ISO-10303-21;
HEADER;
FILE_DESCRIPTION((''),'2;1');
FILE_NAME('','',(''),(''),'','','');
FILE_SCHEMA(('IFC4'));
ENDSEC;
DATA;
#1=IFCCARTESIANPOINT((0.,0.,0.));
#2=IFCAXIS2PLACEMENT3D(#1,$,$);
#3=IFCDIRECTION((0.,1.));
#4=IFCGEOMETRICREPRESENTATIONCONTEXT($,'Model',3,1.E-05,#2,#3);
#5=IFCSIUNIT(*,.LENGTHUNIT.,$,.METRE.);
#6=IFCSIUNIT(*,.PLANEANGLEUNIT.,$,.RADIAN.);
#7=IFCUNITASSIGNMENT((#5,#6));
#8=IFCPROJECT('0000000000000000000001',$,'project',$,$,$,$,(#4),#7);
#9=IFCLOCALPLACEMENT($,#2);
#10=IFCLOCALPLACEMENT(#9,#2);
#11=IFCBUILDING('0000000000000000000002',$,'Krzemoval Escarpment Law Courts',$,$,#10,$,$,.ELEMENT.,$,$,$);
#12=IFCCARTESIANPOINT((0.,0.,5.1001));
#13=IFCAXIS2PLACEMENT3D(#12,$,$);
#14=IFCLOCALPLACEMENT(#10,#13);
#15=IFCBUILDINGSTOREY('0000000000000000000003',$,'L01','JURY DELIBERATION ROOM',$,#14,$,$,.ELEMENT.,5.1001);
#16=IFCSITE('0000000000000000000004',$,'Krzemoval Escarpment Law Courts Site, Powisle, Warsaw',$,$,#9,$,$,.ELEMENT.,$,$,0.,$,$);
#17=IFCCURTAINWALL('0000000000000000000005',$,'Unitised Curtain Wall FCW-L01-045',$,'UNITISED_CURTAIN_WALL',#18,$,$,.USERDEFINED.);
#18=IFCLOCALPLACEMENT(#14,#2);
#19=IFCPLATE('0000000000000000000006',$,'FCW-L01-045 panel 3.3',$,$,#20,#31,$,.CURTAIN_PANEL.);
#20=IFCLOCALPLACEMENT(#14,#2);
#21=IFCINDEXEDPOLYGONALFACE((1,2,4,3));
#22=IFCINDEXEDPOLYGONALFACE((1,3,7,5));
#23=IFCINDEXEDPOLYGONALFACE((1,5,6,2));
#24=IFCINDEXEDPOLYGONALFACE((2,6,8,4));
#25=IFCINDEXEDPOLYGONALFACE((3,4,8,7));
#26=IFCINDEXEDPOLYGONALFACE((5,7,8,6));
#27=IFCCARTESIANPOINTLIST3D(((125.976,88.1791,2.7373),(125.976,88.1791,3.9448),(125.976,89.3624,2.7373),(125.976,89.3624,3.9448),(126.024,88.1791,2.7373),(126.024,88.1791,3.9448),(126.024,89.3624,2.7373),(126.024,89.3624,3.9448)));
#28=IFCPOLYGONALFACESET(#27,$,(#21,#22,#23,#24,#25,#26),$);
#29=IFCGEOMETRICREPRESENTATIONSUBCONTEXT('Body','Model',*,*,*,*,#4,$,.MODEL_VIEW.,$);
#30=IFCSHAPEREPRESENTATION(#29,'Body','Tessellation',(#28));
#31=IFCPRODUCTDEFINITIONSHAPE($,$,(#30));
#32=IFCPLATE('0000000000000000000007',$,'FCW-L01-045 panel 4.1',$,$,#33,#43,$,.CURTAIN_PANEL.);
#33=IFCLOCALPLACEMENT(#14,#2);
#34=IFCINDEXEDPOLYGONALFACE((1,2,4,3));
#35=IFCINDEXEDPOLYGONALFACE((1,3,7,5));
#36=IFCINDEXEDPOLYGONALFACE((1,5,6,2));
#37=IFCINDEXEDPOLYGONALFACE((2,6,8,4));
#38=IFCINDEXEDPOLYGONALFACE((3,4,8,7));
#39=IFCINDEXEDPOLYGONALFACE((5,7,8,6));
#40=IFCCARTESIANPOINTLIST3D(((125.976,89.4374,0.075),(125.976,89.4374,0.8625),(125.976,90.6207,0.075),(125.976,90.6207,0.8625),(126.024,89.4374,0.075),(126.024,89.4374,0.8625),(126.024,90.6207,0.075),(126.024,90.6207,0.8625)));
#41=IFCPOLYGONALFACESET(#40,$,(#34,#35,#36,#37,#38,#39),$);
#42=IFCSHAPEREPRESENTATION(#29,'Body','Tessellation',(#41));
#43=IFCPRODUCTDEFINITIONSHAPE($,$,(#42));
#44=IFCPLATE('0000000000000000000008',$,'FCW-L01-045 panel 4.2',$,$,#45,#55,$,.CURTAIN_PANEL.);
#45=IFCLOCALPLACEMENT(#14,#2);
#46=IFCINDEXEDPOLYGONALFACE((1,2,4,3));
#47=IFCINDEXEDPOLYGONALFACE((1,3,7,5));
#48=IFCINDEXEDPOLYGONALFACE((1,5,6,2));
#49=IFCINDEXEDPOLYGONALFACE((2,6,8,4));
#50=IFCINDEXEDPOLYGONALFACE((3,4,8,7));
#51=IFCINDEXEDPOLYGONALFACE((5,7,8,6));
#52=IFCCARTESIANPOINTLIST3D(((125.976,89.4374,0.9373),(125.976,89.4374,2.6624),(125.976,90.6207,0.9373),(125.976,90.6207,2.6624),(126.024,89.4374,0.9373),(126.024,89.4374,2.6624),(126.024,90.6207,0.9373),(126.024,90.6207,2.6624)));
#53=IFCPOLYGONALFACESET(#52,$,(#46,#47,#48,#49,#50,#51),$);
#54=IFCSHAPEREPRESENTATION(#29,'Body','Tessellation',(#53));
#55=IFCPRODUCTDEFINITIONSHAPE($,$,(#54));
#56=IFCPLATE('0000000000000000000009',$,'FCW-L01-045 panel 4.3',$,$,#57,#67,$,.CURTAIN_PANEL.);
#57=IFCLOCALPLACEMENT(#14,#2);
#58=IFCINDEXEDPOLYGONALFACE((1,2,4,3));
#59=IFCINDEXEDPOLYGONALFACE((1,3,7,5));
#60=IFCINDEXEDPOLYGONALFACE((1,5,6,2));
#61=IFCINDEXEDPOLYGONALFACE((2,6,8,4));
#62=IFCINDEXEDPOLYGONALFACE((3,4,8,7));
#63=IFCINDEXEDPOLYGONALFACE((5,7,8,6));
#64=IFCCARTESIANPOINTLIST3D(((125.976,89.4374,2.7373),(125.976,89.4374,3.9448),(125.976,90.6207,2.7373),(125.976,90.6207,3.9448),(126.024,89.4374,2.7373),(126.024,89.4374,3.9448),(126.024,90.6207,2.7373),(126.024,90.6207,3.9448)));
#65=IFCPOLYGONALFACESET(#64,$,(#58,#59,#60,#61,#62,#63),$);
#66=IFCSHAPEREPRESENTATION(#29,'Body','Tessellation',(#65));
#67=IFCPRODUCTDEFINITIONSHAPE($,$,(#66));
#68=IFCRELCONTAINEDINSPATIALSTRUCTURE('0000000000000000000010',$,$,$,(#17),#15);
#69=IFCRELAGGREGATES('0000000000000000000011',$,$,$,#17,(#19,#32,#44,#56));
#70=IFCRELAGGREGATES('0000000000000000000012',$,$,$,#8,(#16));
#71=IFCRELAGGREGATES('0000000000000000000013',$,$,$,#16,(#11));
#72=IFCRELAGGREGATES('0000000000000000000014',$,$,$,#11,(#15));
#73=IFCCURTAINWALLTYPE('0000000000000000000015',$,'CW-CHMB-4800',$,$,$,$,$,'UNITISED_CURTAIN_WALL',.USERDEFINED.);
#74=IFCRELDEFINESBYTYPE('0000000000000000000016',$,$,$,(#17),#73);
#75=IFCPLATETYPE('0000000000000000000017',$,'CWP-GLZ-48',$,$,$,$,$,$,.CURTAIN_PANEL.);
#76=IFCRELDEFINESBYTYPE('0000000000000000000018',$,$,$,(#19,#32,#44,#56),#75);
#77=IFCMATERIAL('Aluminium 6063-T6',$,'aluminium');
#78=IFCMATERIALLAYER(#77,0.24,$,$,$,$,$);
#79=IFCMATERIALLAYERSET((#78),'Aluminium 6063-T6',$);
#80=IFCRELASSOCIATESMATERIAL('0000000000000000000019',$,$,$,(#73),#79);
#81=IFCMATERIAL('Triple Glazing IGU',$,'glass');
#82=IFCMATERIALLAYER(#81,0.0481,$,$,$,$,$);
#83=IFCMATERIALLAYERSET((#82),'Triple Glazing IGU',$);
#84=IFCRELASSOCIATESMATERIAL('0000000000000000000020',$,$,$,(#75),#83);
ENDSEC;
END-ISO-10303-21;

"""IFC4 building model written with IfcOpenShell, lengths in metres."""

from ifc_helpers import new_model, si_unit, direction, frame, origin, origin_2d, place, context, subcontext, project, spatial, rectangle, extrude, material, layer, layer_set, type_object, element, aggregate, save


model = new_model("IFC4")

# Units and contexts
model_context = context("Model", 3, precision=1e-05, world=origin(), true_north=direction((0.0, 1.0)))
body_context = subcontext(model_context, "Body", "Model", "MODEL_VIEW")
ifc_project = project(units=[si_unit("LENGTHUNIT", "METRE"), si_unit("PLANEANGLEUNIT", "RADIAN")], contexts=[model_context])

# Site, building, storey
site_placement = place(None, origin())
site = spatial("IfcSite", under=ifc_project, at=site_placement, Name="Krzemoval Escarpment Law Courts Site, Powisle, Warsaw", CompositionType="ELEMENT", RefElevation=0.0)
building_placement = place(site_placement, origin())
building = spatial("IfcBuilding", under=site, at=building_placement, Name="Krzemoval Escarpment Law Courts", CompositionType="ELEMENT")
storey_placement = place(building_placement, frame((0.0, 0.0, 5.1001)))
storey = spatial("IfcBuildingStorey", under=building, at=storey_placement, Name="L01", Description="JURY DELIBERATION ROOM", CompositionType="ELEMENT", Elevation=5.1001)

# Curtain wall
ifc_material_1 = material(Name="Aluminium 6063-T6", Category="aluminium")
ifc_layer_1 = layer(ifc_material_1, 0.24)
ifc_layer_set_1 = layer_set([ifc_layer_1], Name="Aluminium 6063-T6")
curtain_wall_type = type_object("IfcCurtainWallType", Name="CW-CHMB-4800", ElementType="UNITISED_CURTAIN_WALL", PredefinedType="USERDEFINED", material=ifc_layer_set_1)
curtain_wall_placement = place(storey_placement, origin())
curtain_wall = element("IfcCurtainWall", 1, at=curtain_wall_placement, inside=storey, type_object=curtain_wall_type, Name="Unitised Curtain Wall FCW-L01-045", ObjectType="UNITISED_CURTAIN_WALL", PredefinedType="USERDEFINED")

# Plates
ifc_material_2 = material(Name="Triple Glazing IGU", Category="glass")
ifc_layer_2 = layer(ifc_material_2, 0.0481)
ifc_layer_set_2 = layer_set([ifc_layer_2], Name="Triple Glazing IGU")
plate_type = type_object("IfcPlateType", Name="CWP-GLZ-48", PredefinedType="CURTAIN_PANEL", material=ifc_layer_set_2)
plate_1_placement = place(storey_placement, frame((126.0, 88.7708, 2.7373), z_axis=(0.0, 0.0, 1.0), x_axis=(0.0, 1.0, 0.0)))
plate_1 = element("IfcPlate", 2, at=plate_1_placement, type_object=plate_type, Name="FCW-L01-045 panel 3.3", PredefinedType="CURTAIN_PANEL", context=body_context, shape_type="SweptSolid", body=[
    extrude(rectangle(XDim=1.1833, YDim=0.0481, at=origin_2d()), origin(), (0.0, 0.0, 1.0), 1.2075),
])
plate_2_placement = place(storey_placement, frame((126.0, 90.0291, 0.075), z_axis=(0.0, 0.0, 1.0), x_axis=(0.0, 1.0, 0.0)))
plate_2 = element("IfcPlate", 3, at=plate_2_placement, type_object=plate_type, Name="FCW-L01-045 panel 4.1", PredefinedType="CURTAIN_PANEL", context=body_context, shape_type="SweptSolid", body=[
    extrude(rectangle(XDim=1.1833, YDim=0.0481, at=origin_2d()), origin(), (0.0, 0.0, 1.0), 0.7876),
])
plate_3_placement = place(storey_placement, frame((126.0, 90.0291, 0.9373), z_axis=(0.0, 0.0, 1.0), x_axis=(0.0, 1.0, 0.0)))
plate_3 = element("IfcPlate", 4, at=plate_3_placement, type_object=plate_type, Name="FCW-L01-045 panel 4.2", PredefinedType="CURTAIN_PANEL", context=body_context, shape_type="SweptSolid", body=[
    extrude(rectangle(XDim=1.1833, YDim=0.0481, at=origin_2d()), origin(), (0.0, 0.0, 1.0), 1.7251),
])
plate_4_placement = place(storey_placement, frame((126.0, 90.0291, 2.7373), z_axis=(0.0, 0.0, 1.0), x_axis=(0.0, 1.0, 0.0)))
plate_4 = element("IfcPlate", 5, at=plate_4_placement, type_object=plate_type, Name="FCW-L01-045 panel 4.3", PredefinedType="CURTAIN_PANEL", context=body_context, shape_type="SweptSolid", body=[
    extrude(rectangle(XDim=1.1833, YDim=0.0481, at=origin_2d()), origin(), (0.0, 0.0, 1.0), 1.2075),
])
aggregate(curtain_wall, [plate_1, plate_2, plate_3, plate_4])

save(model, "model.ifc")
